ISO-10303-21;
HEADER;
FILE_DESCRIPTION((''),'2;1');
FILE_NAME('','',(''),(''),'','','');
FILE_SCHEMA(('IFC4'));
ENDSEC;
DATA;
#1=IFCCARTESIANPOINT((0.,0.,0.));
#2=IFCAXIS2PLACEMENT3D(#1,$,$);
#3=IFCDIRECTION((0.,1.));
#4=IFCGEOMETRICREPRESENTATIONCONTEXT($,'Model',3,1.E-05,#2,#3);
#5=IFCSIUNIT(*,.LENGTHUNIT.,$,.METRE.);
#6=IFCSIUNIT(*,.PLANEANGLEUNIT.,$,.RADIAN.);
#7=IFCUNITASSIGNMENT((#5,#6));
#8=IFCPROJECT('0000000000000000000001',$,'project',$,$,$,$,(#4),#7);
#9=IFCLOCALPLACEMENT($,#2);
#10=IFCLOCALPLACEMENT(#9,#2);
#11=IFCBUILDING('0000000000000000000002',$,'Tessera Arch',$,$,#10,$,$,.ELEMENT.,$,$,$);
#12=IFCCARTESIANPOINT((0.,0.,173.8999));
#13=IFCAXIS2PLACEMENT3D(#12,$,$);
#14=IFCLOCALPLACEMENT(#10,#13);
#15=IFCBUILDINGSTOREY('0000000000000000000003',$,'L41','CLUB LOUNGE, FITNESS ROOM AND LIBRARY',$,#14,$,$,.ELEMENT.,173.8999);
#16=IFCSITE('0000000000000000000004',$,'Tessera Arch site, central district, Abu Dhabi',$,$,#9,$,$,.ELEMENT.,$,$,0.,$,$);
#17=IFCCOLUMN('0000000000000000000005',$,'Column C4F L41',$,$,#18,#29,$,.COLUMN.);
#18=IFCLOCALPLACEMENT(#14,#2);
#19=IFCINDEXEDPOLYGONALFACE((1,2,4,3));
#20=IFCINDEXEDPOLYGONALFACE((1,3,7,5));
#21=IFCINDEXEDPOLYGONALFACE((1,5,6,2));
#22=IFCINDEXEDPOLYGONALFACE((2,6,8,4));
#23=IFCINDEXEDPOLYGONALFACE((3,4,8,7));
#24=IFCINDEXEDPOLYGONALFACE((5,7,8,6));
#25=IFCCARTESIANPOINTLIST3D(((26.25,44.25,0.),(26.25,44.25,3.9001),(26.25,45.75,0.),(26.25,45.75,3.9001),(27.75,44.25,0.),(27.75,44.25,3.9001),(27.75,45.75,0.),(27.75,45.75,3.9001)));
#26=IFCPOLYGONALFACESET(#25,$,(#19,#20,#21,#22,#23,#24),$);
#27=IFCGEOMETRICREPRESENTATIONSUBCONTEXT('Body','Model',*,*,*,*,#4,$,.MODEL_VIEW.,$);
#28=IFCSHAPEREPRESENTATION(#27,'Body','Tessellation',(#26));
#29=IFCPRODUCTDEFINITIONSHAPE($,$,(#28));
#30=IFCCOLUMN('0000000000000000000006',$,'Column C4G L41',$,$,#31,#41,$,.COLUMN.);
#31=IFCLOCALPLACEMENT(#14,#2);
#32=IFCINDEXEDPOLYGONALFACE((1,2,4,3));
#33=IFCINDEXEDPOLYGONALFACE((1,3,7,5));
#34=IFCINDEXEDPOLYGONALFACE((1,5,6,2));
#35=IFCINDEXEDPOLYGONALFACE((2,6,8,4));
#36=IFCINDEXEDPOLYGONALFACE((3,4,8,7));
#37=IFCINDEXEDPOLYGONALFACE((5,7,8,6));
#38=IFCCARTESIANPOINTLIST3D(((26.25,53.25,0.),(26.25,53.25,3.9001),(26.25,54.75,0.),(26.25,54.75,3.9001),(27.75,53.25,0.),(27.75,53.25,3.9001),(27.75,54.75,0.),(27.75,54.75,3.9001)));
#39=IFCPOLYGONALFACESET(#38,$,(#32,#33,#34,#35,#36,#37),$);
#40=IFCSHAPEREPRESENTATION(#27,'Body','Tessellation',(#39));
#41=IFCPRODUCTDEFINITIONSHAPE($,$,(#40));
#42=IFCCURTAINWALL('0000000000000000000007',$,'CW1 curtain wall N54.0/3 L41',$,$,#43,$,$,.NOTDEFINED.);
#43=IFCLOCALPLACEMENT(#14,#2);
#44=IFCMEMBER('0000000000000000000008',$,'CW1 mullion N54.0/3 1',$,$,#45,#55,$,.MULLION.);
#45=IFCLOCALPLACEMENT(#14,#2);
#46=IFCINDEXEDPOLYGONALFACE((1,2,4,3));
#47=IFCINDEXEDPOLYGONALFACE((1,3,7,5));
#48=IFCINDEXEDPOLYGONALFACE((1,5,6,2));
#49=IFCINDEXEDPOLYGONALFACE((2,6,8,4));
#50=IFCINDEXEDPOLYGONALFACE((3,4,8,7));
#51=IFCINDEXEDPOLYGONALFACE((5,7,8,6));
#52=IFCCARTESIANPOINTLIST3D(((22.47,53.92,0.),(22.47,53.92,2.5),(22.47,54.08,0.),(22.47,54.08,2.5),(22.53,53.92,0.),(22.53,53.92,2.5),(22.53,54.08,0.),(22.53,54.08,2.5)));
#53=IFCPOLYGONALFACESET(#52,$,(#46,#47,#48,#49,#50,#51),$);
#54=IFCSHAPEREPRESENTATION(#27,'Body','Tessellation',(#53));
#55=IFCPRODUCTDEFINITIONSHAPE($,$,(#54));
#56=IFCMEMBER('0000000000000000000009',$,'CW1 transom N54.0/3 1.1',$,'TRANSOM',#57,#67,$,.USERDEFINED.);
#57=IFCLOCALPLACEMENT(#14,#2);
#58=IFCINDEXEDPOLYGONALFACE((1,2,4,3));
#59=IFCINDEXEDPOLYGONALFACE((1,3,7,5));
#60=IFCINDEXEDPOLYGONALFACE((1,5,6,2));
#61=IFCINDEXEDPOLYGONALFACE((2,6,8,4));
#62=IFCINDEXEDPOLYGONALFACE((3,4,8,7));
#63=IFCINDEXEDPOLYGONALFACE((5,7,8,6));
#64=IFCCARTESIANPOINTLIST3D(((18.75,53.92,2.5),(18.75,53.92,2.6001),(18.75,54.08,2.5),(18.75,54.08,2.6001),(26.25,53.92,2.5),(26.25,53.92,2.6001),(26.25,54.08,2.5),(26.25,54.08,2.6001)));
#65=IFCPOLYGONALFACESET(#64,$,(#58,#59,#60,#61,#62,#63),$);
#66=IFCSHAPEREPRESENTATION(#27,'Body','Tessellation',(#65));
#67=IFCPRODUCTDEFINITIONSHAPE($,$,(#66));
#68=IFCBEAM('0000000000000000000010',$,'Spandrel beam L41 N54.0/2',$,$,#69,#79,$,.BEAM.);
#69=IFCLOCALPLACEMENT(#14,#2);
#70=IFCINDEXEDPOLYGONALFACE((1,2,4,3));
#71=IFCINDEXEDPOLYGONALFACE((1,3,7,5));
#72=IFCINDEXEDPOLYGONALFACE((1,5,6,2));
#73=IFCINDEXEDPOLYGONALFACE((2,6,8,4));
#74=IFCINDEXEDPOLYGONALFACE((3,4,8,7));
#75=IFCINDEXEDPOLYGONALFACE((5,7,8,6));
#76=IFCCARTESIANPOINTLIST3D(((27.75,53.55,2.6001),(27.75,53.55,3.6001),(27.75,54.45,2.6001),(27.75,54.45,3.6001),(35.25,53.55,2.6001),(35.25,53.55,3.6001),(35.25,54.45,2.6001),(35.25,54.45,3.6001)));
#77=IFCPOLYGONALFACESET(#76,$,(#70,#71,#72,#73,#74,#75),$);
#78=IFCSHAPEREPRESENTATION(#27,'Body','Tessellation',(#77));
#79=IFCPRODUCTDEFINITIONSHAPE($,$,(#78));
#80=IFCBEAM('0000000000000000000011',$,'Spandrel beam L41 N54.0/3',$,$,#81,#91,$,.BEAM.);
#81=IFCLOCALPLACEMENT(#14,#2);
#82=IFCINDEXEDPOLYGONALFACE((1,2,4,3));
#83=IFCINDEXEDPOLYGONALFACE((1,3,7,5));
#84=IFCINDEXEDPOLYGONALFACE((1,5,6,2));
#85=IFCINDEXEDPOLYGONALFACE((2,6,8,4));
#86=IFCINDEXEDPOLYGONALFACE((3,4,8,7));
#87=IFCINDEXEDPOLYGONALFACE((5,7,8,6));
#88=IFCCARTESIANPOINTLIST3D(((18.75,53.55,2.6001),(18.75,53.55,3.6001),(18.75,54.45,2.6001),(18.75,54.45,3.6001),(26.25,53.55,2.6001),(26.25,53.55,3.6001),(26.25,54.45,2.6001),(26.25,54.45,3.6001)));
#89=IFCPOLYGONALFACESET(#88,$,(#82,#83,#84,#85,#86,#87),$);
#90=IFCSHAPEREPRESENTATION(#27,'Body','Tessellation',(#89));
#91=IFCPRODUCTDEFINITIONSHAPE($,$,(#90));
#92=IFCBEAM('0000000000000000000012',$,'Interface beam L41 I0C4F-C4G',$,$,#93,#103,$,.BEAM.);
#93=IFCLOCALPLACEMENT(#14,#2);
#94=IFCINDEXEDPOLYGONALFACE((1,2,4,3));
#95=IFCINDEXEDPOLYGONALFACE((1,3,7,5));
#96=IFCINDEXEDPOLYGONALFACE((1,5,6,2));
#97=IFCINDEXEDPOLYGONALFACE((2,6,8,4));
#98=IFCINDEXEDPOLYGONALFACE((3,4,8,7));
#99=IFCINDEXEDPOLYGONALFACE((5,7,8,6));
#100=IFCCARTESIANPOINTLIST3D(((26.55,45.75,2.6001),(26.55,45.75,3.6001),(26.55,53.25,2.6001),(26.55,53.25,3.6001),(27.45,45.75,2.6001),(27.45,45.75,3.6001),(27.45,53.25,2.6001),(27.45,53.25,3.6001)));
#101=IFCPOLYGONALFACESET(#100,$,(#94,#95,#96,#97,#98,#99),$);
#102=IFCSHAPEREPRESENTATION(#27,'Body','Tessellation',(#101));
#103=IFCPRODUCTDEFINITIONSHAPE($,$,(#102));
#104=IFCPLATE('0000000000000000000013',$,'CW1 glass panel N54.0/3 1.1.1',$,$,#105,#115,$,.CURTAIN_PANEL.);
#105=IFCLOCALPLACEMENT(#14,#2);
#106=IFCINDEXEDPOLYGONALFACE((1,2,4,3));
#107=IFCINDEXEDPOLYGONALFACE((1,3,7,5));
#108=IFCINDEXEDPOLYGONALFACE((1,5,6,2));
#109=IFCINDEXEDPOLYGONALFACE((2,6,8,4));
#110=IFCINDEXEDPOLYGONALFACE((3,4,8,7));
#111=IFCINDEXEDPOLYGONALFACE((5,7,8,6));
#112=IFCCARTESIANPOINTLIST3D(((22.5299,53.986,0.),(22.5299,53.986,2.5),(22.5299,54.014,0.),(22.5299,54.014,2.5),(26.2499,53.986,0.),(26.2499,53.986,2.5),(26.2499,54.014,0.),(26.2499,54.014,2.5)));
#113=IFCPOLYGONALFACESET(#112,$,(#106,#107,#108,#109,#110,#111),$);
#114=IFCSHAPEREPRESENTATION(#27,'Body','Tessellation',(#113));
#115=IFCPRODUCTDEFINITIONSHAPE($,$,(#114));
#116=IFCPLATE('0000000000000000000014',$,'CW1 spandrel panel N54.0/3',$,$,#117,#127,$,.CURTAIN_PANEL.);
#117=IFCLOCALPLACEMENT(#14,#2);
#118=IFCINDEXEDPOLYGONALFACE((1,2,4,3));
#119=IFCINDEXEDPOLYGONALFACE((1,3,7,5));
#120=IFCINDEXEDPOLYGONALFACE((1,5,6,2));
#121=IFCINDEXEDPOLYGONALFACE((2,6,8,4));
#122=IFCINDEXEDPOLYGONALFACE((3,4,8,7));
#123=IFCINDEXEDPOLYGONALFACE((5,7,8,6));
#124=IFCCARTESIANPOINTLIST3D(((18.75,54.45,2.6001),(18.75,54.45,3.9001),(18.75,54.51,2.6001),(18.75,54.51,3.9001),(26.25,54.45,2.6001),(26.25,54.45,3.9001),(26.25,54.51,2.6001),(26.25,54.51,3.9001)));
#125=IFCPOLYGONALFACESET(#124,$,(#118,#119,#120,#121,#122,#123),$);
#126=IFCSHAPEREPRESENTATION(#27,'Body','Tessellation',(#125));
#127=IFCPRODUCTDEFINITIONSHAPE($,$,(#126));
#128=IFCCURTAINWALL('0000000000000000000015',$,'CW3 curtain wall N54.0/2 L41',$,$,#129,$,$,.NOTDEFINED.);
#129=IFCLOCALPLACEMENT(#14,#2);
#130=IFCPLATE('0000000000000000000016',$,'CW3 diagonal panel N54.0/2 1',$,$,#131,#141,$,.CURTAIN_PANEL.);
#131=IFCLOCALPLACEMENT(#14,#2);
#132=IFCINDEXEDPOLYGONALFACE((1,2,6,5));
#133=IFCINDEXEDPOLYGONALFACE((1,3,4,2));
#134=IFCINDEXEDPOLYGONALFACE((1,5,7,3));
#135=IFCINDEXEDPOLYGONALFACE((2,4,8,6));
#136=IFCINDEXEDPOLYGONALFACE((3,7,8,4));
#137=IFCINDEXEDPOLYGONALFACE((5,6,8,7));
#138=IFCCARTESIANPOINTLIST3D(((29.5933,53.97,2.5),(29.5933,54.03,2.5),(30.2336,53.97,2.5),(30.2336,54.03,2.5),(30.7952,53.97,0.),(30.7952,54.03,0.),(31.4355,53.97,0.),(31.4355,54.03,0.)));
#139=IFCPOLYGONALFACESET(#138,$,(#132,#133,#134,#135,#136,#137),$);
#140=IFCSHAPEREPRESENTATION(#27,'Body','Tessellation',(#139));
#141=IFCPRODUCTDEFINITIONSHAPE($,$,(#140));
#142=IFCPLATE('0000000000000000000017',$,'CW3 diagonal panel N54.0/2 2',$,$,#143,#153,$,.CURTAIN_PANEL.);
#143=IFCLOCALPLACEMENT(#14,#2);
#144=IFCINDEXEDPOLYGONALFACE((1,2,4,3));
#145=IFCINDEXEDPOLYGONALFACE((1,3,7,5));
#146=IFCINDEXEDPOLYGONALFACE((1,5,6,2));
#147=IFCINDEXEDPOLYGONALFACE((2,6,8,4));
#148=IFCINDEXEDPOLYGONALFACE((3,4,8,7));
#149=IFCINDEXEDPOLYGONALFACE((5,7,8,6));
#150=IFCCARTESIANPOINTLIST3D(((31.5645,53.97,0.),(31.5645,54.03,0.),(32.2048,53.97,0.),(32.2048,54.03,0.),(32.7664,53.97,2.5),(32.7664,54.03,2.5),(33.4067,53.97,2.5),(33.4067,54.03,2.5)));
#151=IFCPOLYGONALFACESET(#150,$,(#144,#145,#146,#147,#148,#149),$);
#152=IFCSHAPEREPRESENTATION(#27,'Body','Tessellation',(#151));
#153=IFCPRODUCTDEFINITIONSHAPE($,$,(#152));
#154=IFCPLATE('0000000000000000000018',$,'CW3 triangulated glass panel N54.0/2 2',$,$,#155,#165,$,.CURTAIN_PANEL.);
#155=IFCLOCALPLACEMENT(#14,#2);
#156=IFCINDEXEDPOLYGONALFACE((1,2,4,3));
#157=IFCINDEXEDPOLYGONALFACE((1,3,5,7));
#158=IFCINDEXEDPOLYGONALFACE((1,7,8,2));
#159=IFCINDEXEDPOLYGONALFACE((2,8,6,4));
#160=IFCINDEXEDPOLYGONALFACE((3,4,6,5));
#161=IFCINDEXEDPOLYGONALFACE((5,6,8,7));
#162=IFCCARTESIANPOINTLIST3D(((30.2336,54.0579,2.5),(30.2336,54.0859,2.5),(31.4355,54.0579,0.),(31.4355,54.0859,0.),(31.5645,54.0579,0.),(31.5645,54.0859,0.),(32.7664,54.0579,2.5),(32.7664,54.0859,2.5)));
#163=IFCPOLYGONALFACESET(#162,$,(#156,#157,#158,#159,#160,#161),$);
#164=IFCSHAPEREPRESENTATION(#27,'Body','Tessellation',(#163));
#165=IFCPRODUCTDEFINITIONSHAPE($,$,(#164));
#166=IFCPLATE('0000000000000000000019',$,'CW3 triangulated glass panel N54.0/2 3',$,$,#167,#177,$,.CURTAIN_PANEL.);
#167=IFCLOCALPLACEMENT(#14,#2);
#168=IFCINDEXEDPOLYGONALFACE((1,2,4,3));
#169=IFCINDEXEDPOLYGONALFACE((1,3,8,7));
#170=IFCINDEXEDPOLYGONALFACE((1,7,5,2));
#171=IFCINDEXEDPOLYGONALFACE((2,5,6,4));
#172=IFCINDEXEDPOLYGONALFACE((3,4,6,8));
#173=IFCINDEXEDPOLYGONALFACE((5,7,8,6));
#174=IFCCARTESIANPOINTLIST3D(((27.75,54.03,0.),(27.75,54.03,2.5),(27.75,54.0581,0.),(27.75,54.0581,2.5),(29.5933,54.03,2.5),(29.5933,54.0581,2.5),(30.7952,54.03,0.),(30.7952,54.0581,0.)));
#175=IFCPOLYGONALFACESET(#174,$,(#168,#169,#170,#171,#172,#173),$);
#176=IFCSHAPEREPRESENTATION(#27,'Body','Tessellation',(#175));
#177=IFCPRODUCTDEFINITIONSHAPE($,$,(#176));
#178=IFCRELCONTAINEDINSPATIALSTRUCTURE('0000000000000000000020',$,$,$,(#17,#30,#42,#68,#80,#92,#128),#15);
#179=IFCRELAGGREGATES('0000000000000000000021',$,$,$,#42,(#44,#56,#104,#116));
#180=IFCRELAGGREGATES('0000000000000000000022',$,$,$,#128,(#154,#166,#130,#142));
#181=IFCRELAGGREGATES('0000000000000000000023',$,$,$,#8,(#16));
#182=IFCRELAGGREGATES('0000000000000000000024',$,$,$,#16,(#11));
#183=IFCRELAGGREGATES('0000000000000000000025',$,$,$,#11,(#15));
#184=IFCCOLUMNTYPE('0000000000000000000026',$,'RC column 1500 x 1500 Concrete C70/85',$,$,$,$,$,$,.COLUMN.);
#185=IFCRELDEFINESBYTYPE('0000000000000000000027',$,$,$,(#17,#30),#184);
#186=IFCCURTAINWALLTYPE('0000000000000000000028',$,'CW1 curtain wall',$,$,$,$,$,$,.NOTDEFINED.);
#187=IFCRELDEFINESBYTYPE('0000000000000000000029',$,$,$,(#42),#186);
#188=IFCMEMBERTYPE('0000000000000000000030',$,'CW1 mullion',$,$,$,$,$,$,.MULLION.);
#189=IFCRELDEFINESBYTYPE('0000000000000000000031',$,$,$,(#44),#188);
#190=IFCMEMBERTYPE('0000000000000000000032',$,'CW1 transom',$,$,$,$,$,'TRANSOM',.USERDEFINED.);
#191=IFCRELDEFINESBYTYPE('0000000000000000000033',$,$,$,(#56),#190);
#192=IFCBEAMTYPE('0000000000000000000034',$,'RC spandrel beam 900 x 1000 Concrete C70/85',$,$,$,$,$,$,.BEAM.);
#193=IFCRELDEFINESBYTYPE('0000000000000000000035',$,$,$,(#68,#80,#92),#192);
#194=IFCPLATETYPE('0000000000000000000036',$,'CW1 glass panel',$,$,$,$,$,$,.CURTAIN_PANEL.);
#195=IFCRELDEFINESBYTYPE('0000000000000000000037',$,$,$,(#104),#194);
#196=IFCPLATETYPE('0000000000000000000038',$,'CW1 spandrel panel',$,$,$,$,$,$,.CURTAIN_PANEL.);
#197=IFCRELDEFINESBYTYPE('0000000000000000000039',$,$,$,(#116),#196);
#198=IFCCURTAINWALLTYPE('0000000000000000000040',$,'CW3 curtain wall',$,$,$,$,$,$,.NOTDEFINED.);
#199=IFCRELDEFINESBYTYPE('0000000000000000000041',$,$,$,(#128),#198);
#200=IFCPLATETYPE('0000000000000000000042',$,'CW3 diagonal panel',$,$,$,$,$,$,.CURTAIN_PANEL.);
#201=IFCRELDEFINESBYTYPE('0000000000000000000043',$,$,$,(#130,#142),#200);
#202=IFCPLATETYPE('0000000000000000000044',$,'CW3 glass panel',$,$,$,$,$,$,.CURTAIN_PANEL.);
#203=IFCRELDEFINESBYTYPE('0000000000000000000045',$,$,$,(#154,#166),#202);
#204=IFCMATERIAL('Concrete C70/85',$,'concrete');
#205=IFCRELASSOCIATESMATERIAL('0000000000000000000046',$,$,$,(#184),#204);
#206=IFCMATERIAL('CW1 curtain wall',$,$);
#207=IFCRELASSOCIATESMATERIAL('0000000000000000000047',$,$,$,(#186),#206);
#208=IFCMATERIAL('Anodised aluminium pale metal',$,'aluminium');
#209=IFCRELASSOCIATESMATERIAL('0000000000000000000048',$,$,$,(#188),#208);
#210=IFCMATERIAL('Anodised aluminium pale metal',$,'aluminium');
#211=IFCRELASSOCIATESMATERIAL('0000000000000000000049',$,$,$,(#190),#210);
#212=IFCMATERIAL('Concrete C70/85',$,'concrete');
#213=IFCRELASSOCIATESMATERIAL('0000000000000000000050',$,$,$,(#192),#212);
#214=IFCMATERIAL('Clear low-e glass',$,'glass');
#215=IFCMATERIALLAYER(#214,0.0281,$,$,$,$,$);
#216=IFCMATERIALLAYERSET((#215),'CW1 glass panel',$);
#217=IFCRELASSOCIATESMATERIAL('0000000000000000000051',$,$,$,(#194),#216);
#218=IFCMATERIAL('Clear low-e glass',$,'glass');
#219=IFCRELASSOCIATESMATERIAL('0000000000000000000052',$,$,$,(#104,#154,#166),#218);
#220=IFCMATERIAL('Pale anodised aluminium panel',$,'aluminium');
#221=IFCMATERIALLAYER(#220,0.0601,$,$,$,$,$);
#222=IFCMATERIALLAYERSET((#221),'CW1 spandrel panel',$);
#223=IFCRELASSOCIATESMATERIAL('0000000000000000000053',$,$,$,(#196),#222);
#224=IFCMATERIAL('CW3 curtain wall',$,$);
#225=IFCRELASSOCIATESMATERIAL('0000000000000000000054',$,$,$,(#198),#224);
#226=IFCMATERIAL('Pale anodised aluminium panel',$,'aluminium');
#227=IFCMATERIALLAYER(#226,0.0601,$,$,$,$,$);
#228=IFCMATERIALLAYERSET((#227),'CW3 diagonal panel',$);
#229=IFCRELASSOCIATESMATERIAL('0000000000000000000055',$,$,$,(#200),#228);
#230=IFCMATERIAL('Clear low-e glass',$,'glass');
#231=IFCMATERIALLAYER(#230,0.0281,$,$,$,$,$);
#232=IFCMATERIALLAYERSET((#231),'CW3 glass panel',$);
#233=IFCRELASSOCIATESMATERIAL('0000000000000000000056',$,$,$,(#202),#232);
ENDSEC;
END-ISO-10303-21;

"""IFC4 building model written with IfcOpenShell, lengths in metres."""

from ifc_helpers import new_model, si_unit, direction, frame, origin, origin_2d, place, context, subcontext, project, spatial, polyline, rectangle, outline, extrude, material, layer, layer_set, material_profile, profile_set, type_object, element, aggregate, save


model = new_model("IFC4")

# Units and contexts
model_context = context("Model", 3, precision=1e-05, world=origin(), true_north=direction((0.0, 1.0)))
body_context = subcontext(model_context, "Body", "Model", "MODEL_VIEW")
ifc_project = project(units=[si_unit("LENGTHUNIT", "METRE"), si_unit("PLANEANGLEUNIT", "RADIAN")], contexts=[model_context])

# Site, building, storey
site_placement = place(None, origin())
site = spatial("IfcSite", under=ifc_project, at=site_placement, Name="Tessera Arch site, central district, Abu Dhabi", CompositionType="ELEMENT", RefElevation=0.0)
building_placement = place(site_placement, origin())
building = spatial("IfcBuilding", under=site, at=building_placement, Name="Tessera Arch", CompositionType="ELEMENT")
storey_placement = place(building_placement, frame((0.0, 0.0, 173.8999)))
storey = spatial("IfcBuildingStorey", under=building, at=storey_placement, Name="L41", Description="CLUB LOUNGE, FITNESS ROOM AND LIBRARY", CompositionType="ELEMENT", Elevation=173.8999)

# Columns
ifc_material_1 = material(Name="Concrete C70/85", Category="concrete")
ifc_material_profile_1 = material_profile(ifc_material_1, rectangle(XDim=1.5, YDim=1.5, at=origin_2d()), Name="RC column 1500 x 1500 Concrete C70/85")
ifc_profile_set_1 = profile_set([ifc_material_profile_1], Name="Concrete C70/85")
column_type = type_object("IfcColumnType", Name="RC column 1500 x 1500 Concrete C70/85", PredefinedType="COLUMN", material=ifc_profile_set_1)
for number, where, z_axis, x_axis, name in (
    (1, (27.0, 45.0, 0.0), (0.0, 0.0, 1.0), (1.0, 0.0, 0.0), "Column C4F L41"),
    (2, (27.0, 54.0, 0.0), (0.0, 0.0, 1.0), (1.0, 0.0, 0.0), "Column C4G L41"),
):
    element("IfcColumn", number, at=place(storey_placement, frame(where, z_axis=z_axis, x_axis=x_axis)), inside=storey, type_object=column_type, Name=name, PredefinedType="COLUMN", context=body_context, shape_type="SweptSolid", body=[
        extrude(rectangle(XDim=1.5, YDim=1.5, at=origin_2d()), origin(), (0.0, 0.0, 1.0), 3.9001),
    ])

# Curtain wall, members
ifc_material_2 = material(Name="CW1 curtain wall")
curtain_wall_type_1 = type_object("IfcCurtainWallType", Name="CW1 curtain wall", PredefinedType="NOTDEFINED", material=ifc_material_2)
curtain_wall_1_placement = place(storey_placement, origin())
curtain_wall_1 = element("IfcCurtainWall", 3, at=curtain_wall_1_placement, inside=storey, type_object=curtain_wall_type_1, Name="CW1 curtain wall N54.0/3 L41", PredefinedType="NOTDEFINED")
ifc_material_3 = material(Name="Anodised aluminium pale metal", Category="aluminium")
ifc_material_profile_2 = material_profile(ifc_material_3, rectangle(XDim=0.1599, YDim=0.0601, at=origin_2d()), Name="AL 60x160")
ifc_profile_set_2 = profile_set([ifc_material_profile_2], Name="Anodised aluminium pale metal")
member_type_1 = type_object("IfcMemberType", Name="CW1 mullion", PredefinedType="MULLION", material=ifc_profile_set_2)
member_1_placement = place(storey_placement, frame((22.5, 54.0, 0.0), z_axis=(0.0, 0.0, 1.0), x_axis=(0.0, -1.0, 0.0)))
member_1 = element("IfcMember", 4, at=member_1_placement, type_object=member_type_1, Name="CW1 mullion N54.0/3 1", PredefinedType="MULLION", context=body_context, shape_type="SweptSolid", body=[
    extrude(rectangle(XDim=0.1599, YDim=0.0601, at=origin_2d()), origin(), (0.0, 0.0, 1.0), 2.5),
])
ifc_material_4 = material(Name="Anodised aluminium pale metal", Category="aluminium")
ifc_material_profile_3 = material_profile(ifc_material_4, rectangle(XDim=0.1599, YDim=0.1001, at=origin_2d()), Name="AL 160x100")
ifc_profile_set_3 = profile_set([ifc_material_profile_3], Name="Anodised aluminium pale metal")
member_type_2 = type_object("IfcMemberType", Name="CW1 transom", ElementType="TRANSOM", PredefinedType="USERDEFINED", material=ifc_profile_set_3)
member_2_placement = place(storey_placement, frame((26.25, 54.0, 2.55), z_axis=(-1.0, 0.0, 0.0), x_axis=(0.0, -1.0, 0.0)))
member_2 = element("IfcMember", 5, at=member_2_placement, type_object=member_type_2, Name="CW1 transom N54.0/3 1.1", ObjectType="TRANSOM", PredefinedType="USERDEFINED", context=body_context, shape_type="SweptSolid", body=[
    extrude(rectangle(XDim=0.1599, YDim=0.1001, at=origin_2d()), origin(), (0.0, 0.0, 1.0), 7.5),
])

# Beams
ifc_material_5 = material(Name="Concrete C70/85", Category="concrete")
ifc_material_profile_4 = material_profile(ifc_material_5, rectangle(XDim=0.8999, YDim=1.0, at=origin_2d()), Name="RC spandrel beam 900 x 1000 Concrete C70/85")
ifc_profile_set_4 = profile_set([ifc_material_profile_4], Name="Concrete C70/85")
beam_type = type_object("IfcBeamType", Name="RC spandrel beam 900 x 1000 Concrete C70/85", PredefinedType="BEAM", material=ifc_profile_set_4)
for number, where, z_axis, x_axis, name in (
    (6, (35.25, 54.0, 3.1001), (-1.0, 0.0, 0.0), (0.0, -1.0, 0.0), "Spandrel beam L41 N54.0/2"),
    (7, (26.25, 54.0, 3.1001), (-1.0, 0.0, 0.0), (0.0, -1.0, 0.0), "Spandrel beam L41 N54.0/3"),
    (8, (27.0, 45.75, 3.1001), (0.0, 1.0, 0.0), (-1.0, 0.0, 0.0), "Interface beam L41 I0C4F-C4G"),
):
    element("IfcBeam", number, at=place(storey_placement, frame(where, z_axis=z_axis, x_axis=x_axis)), inside=storey, type_object=beam_type, Name=name, PredefinedType="BEAM", context=body_context, shape_type="SweptSolid", body=[
        extrude(rectangle(XDim=0.8999, YDim=1.0, at=origin_2d()), origin(), (0.0, 0.0, 1.0), 7.5),
    ])

# Plates
ifc_material_6 = material(Name="Clear low-e glass", Category="glass")
ifc_material_7 = material(Name="Clear low-e glass", Category="glass")
ifc_layer_1 = layer(ifc_material_7, 0.0281)
ifc_layer_set_1 = layer_set([ifc_layer_1], Name="CW1 glass panel")
plate_type_1 = type_object("IfcPlateType", Name="CW1 glass panel", PredefinedType="CURTAIN_PANEL", material=ifc_layer_set_1)
plate_1_placement = place(storey_placement, frame((24.3899, 54.0, 0.0), z_axis=(0.0, 0.0, 1.0), x_axis=(-1.0, 0.0, 0.0)))
plate_1 = element("IfcPlate", 9, at=plate_1_placement, type_object=plate_type_1, material=ifc_material_6, Name="CW1 glass panel N54.0/3 1.1.1", PredefinedType="CURTAIN_PANEL", context=body_context, shape_type="SweptSolid", body=[
    extrude(rectangle(XDim=3.72, YDim=0.0281, at=origin_2d()), origin(), (0.0, 0.0, 1.0), 2.5),
])
ifc_material_8 = material(Name="Pale anodised aluminium panel", Category="aluminium")
ifc_layer_2 = layer(ifc_material_8, 0.0601)
ifc_layer_set_2 = layer_set([ifc_layer_2], Name="CW1 spandrel panel")
plate_type_2 = type_object("IfcPlateType", Name="CW1 spandrel panel", PredefinedType="CURTAIN_PANEL", material=ifc_layer_set_2)
plate_2_placement = place(storey_placement, frame((22.5, 54.48, 2.6001), z_axis=(0.0, 0.0, 1.0), x_axis=(-1.0, 0.0, 0.0)))
plate_2 = element("IfcPlate", 10, at=plate_2_placement, type_object=plate_type_2, Name="CW1 spandrel panel N54.0/3", PredefinedType="CURTAIN_PANEL", context=body_context, shape_type="SweptSolid", body=[
    extrude(rectangle(XDim=7.5, YDim=0.0601, at=origin_2d()), origin(), (0.0, 0.0, 1.0), 1.3),
])
aggregate(curtain_wall_1, [member_1, member_2, plate_1, plate_2])

# Curtain wall, plates
ifc_material_9 = material(Name="CW3 curtain wall")
curtain_wall_type_2 = type_object("IfcCurtainWallType", Name="CW3 curtain wall", PredefinedType="NOTDEFINED", material=ifc_material_9)
curtain_wall_2_placement = place(storey_placement, origin())
curtain_wall_2 = element("IfcCurtainWall", 11, at=curtain_wall_2_placement, inside=storey, type_object=curtain_wall_type_2, Name="CW3 curtain wall N54.0/2 L41", PredefinedType="NOTDEFINED")
ifc_material_10 = material(Name="Pale anodised aluminium panel", Category="aluminium")
ifc_layer_3 = layer(ifc_material_10, 0.0601)
ifc_layer_set_3 = layer_set([ifc_layer_3], Name="CW3 diagonal panel")
plate_type_3 = type_object("IfcPlateType", Name="CW3 diagonal panel", PredefinedType="CURTAIN_PANEL", material=ifc_layer_set_3)
plate_3_placement = place(storey_placement, frame((29.5933, 54.03, 2.5), z_axis=(0.0, 1.0, 0.0), x_axis=(1.0, 0.0, 0.0)))
plate_3 = element("IfcPlate", 12, at=plate_3_placement, type_object=plate_type_3, Name="CW3 diagonal panel N54.0/2 1", PredefinedType="CURTAIN_PANEL", context=body_context, shape_type="SweptSolid", body=[
    extrude(outline(polyline([(0.0, 0.0), (0.6404, 0.0), (1.8423, 2.5), (1.2019, 2.5), (0.0, 0.0)])), origin(), (0.0, 0.0, -1.0), 0.0601),
])
plate_4_placement = place(storey_placement, frame((32.7664, 54.03, 2.5), z_axis=(0.0, 1.0, 0.0), x_axis=(1.0, 0.0, 0.0)))
plate_4 = element("IfcPlate", 13, at=plate_4_placement, type_object=plate_type_3, Name="CW3 diagonal panel N54.0/2 2", PredefinedType="CURTAIN_PANEL", context=body_context, shape_type="SweptSolid", body=[
    extrude(outline(polyline([(0.0, 0.0), (0.6404, 0.0), (-0.5615, 2.5), (-1.2019, 2.5), (0.0, 0.0)])), origin(), (0.0, 0.0, -1.0), 0.0601),
])
ifc_material_11 = material(Name="Clear low-e glass", Category="glass")
ifc_layer_4 = layer(ifc_material_11, 0.0281)
ifc_layer_set_4 = layer_set([ifc_layer_4], Name="CW3 glass panel")
plate_type_4 = type_object("IfcPlateType", Name="CW3 glass panel", PredefinedType="CURTAIN_PANEL", material=ifc_layer_set_4)
plate_5_placement = place(storey_placement, frame((30.2336, 54.0859, 2.5), z_axis=(0.0, 1.0, 0.0), x_axis=(1.0, 0.0, 0.0)))
plate_5 = element("IfcPlate", 14, at=plate_5_placement, type_object=plate_type_4, material=ifc_material_6, Name="CW3 triangulated glass panel N54.0/2 2", PredefinedType="CURTAIN_PANEL", context=body_context, shape_type="SweptSolid", body=[
    extrude(outline(polyline([(0.0, 0.0), (2.5327, 0.0), (1.3308, 2.5), (1.2019, 2.5), (0.0, 0.0)])), origin(), (0.0, 0.0, -1.0), 0.0281),
])
plate_6_placement = place(storey_placement, frame((27.75, 54.0581, 2.5), z_axis=(0.0, 1.0, 0.0), x_axis=(1.0, 0.0, 0.0)))
plate_6 = element("IfcPlate", 15, at=plate_6_placement, type_object=plate_type_4, material=ifc_material_6, Name="CW3 triangulated glass panel N54.0/2 3", PredefinedType="CURTAIN_PANEL", context=body_context, shape_type="SweptSolid", body=[
    extrude(outline(polyline([(0.0, 0.0), (1.8433, 0.0), (3.0452, 2.5), (0.0, 2.5), (0.0, 0.0)])), origin(), (0.0, 0.0, -1.0), 0.0281),
])
aggregate(curtain_wall_2, [plate_5, plate_6, plate_3, plate_4])

save(model, "model.ifc")
